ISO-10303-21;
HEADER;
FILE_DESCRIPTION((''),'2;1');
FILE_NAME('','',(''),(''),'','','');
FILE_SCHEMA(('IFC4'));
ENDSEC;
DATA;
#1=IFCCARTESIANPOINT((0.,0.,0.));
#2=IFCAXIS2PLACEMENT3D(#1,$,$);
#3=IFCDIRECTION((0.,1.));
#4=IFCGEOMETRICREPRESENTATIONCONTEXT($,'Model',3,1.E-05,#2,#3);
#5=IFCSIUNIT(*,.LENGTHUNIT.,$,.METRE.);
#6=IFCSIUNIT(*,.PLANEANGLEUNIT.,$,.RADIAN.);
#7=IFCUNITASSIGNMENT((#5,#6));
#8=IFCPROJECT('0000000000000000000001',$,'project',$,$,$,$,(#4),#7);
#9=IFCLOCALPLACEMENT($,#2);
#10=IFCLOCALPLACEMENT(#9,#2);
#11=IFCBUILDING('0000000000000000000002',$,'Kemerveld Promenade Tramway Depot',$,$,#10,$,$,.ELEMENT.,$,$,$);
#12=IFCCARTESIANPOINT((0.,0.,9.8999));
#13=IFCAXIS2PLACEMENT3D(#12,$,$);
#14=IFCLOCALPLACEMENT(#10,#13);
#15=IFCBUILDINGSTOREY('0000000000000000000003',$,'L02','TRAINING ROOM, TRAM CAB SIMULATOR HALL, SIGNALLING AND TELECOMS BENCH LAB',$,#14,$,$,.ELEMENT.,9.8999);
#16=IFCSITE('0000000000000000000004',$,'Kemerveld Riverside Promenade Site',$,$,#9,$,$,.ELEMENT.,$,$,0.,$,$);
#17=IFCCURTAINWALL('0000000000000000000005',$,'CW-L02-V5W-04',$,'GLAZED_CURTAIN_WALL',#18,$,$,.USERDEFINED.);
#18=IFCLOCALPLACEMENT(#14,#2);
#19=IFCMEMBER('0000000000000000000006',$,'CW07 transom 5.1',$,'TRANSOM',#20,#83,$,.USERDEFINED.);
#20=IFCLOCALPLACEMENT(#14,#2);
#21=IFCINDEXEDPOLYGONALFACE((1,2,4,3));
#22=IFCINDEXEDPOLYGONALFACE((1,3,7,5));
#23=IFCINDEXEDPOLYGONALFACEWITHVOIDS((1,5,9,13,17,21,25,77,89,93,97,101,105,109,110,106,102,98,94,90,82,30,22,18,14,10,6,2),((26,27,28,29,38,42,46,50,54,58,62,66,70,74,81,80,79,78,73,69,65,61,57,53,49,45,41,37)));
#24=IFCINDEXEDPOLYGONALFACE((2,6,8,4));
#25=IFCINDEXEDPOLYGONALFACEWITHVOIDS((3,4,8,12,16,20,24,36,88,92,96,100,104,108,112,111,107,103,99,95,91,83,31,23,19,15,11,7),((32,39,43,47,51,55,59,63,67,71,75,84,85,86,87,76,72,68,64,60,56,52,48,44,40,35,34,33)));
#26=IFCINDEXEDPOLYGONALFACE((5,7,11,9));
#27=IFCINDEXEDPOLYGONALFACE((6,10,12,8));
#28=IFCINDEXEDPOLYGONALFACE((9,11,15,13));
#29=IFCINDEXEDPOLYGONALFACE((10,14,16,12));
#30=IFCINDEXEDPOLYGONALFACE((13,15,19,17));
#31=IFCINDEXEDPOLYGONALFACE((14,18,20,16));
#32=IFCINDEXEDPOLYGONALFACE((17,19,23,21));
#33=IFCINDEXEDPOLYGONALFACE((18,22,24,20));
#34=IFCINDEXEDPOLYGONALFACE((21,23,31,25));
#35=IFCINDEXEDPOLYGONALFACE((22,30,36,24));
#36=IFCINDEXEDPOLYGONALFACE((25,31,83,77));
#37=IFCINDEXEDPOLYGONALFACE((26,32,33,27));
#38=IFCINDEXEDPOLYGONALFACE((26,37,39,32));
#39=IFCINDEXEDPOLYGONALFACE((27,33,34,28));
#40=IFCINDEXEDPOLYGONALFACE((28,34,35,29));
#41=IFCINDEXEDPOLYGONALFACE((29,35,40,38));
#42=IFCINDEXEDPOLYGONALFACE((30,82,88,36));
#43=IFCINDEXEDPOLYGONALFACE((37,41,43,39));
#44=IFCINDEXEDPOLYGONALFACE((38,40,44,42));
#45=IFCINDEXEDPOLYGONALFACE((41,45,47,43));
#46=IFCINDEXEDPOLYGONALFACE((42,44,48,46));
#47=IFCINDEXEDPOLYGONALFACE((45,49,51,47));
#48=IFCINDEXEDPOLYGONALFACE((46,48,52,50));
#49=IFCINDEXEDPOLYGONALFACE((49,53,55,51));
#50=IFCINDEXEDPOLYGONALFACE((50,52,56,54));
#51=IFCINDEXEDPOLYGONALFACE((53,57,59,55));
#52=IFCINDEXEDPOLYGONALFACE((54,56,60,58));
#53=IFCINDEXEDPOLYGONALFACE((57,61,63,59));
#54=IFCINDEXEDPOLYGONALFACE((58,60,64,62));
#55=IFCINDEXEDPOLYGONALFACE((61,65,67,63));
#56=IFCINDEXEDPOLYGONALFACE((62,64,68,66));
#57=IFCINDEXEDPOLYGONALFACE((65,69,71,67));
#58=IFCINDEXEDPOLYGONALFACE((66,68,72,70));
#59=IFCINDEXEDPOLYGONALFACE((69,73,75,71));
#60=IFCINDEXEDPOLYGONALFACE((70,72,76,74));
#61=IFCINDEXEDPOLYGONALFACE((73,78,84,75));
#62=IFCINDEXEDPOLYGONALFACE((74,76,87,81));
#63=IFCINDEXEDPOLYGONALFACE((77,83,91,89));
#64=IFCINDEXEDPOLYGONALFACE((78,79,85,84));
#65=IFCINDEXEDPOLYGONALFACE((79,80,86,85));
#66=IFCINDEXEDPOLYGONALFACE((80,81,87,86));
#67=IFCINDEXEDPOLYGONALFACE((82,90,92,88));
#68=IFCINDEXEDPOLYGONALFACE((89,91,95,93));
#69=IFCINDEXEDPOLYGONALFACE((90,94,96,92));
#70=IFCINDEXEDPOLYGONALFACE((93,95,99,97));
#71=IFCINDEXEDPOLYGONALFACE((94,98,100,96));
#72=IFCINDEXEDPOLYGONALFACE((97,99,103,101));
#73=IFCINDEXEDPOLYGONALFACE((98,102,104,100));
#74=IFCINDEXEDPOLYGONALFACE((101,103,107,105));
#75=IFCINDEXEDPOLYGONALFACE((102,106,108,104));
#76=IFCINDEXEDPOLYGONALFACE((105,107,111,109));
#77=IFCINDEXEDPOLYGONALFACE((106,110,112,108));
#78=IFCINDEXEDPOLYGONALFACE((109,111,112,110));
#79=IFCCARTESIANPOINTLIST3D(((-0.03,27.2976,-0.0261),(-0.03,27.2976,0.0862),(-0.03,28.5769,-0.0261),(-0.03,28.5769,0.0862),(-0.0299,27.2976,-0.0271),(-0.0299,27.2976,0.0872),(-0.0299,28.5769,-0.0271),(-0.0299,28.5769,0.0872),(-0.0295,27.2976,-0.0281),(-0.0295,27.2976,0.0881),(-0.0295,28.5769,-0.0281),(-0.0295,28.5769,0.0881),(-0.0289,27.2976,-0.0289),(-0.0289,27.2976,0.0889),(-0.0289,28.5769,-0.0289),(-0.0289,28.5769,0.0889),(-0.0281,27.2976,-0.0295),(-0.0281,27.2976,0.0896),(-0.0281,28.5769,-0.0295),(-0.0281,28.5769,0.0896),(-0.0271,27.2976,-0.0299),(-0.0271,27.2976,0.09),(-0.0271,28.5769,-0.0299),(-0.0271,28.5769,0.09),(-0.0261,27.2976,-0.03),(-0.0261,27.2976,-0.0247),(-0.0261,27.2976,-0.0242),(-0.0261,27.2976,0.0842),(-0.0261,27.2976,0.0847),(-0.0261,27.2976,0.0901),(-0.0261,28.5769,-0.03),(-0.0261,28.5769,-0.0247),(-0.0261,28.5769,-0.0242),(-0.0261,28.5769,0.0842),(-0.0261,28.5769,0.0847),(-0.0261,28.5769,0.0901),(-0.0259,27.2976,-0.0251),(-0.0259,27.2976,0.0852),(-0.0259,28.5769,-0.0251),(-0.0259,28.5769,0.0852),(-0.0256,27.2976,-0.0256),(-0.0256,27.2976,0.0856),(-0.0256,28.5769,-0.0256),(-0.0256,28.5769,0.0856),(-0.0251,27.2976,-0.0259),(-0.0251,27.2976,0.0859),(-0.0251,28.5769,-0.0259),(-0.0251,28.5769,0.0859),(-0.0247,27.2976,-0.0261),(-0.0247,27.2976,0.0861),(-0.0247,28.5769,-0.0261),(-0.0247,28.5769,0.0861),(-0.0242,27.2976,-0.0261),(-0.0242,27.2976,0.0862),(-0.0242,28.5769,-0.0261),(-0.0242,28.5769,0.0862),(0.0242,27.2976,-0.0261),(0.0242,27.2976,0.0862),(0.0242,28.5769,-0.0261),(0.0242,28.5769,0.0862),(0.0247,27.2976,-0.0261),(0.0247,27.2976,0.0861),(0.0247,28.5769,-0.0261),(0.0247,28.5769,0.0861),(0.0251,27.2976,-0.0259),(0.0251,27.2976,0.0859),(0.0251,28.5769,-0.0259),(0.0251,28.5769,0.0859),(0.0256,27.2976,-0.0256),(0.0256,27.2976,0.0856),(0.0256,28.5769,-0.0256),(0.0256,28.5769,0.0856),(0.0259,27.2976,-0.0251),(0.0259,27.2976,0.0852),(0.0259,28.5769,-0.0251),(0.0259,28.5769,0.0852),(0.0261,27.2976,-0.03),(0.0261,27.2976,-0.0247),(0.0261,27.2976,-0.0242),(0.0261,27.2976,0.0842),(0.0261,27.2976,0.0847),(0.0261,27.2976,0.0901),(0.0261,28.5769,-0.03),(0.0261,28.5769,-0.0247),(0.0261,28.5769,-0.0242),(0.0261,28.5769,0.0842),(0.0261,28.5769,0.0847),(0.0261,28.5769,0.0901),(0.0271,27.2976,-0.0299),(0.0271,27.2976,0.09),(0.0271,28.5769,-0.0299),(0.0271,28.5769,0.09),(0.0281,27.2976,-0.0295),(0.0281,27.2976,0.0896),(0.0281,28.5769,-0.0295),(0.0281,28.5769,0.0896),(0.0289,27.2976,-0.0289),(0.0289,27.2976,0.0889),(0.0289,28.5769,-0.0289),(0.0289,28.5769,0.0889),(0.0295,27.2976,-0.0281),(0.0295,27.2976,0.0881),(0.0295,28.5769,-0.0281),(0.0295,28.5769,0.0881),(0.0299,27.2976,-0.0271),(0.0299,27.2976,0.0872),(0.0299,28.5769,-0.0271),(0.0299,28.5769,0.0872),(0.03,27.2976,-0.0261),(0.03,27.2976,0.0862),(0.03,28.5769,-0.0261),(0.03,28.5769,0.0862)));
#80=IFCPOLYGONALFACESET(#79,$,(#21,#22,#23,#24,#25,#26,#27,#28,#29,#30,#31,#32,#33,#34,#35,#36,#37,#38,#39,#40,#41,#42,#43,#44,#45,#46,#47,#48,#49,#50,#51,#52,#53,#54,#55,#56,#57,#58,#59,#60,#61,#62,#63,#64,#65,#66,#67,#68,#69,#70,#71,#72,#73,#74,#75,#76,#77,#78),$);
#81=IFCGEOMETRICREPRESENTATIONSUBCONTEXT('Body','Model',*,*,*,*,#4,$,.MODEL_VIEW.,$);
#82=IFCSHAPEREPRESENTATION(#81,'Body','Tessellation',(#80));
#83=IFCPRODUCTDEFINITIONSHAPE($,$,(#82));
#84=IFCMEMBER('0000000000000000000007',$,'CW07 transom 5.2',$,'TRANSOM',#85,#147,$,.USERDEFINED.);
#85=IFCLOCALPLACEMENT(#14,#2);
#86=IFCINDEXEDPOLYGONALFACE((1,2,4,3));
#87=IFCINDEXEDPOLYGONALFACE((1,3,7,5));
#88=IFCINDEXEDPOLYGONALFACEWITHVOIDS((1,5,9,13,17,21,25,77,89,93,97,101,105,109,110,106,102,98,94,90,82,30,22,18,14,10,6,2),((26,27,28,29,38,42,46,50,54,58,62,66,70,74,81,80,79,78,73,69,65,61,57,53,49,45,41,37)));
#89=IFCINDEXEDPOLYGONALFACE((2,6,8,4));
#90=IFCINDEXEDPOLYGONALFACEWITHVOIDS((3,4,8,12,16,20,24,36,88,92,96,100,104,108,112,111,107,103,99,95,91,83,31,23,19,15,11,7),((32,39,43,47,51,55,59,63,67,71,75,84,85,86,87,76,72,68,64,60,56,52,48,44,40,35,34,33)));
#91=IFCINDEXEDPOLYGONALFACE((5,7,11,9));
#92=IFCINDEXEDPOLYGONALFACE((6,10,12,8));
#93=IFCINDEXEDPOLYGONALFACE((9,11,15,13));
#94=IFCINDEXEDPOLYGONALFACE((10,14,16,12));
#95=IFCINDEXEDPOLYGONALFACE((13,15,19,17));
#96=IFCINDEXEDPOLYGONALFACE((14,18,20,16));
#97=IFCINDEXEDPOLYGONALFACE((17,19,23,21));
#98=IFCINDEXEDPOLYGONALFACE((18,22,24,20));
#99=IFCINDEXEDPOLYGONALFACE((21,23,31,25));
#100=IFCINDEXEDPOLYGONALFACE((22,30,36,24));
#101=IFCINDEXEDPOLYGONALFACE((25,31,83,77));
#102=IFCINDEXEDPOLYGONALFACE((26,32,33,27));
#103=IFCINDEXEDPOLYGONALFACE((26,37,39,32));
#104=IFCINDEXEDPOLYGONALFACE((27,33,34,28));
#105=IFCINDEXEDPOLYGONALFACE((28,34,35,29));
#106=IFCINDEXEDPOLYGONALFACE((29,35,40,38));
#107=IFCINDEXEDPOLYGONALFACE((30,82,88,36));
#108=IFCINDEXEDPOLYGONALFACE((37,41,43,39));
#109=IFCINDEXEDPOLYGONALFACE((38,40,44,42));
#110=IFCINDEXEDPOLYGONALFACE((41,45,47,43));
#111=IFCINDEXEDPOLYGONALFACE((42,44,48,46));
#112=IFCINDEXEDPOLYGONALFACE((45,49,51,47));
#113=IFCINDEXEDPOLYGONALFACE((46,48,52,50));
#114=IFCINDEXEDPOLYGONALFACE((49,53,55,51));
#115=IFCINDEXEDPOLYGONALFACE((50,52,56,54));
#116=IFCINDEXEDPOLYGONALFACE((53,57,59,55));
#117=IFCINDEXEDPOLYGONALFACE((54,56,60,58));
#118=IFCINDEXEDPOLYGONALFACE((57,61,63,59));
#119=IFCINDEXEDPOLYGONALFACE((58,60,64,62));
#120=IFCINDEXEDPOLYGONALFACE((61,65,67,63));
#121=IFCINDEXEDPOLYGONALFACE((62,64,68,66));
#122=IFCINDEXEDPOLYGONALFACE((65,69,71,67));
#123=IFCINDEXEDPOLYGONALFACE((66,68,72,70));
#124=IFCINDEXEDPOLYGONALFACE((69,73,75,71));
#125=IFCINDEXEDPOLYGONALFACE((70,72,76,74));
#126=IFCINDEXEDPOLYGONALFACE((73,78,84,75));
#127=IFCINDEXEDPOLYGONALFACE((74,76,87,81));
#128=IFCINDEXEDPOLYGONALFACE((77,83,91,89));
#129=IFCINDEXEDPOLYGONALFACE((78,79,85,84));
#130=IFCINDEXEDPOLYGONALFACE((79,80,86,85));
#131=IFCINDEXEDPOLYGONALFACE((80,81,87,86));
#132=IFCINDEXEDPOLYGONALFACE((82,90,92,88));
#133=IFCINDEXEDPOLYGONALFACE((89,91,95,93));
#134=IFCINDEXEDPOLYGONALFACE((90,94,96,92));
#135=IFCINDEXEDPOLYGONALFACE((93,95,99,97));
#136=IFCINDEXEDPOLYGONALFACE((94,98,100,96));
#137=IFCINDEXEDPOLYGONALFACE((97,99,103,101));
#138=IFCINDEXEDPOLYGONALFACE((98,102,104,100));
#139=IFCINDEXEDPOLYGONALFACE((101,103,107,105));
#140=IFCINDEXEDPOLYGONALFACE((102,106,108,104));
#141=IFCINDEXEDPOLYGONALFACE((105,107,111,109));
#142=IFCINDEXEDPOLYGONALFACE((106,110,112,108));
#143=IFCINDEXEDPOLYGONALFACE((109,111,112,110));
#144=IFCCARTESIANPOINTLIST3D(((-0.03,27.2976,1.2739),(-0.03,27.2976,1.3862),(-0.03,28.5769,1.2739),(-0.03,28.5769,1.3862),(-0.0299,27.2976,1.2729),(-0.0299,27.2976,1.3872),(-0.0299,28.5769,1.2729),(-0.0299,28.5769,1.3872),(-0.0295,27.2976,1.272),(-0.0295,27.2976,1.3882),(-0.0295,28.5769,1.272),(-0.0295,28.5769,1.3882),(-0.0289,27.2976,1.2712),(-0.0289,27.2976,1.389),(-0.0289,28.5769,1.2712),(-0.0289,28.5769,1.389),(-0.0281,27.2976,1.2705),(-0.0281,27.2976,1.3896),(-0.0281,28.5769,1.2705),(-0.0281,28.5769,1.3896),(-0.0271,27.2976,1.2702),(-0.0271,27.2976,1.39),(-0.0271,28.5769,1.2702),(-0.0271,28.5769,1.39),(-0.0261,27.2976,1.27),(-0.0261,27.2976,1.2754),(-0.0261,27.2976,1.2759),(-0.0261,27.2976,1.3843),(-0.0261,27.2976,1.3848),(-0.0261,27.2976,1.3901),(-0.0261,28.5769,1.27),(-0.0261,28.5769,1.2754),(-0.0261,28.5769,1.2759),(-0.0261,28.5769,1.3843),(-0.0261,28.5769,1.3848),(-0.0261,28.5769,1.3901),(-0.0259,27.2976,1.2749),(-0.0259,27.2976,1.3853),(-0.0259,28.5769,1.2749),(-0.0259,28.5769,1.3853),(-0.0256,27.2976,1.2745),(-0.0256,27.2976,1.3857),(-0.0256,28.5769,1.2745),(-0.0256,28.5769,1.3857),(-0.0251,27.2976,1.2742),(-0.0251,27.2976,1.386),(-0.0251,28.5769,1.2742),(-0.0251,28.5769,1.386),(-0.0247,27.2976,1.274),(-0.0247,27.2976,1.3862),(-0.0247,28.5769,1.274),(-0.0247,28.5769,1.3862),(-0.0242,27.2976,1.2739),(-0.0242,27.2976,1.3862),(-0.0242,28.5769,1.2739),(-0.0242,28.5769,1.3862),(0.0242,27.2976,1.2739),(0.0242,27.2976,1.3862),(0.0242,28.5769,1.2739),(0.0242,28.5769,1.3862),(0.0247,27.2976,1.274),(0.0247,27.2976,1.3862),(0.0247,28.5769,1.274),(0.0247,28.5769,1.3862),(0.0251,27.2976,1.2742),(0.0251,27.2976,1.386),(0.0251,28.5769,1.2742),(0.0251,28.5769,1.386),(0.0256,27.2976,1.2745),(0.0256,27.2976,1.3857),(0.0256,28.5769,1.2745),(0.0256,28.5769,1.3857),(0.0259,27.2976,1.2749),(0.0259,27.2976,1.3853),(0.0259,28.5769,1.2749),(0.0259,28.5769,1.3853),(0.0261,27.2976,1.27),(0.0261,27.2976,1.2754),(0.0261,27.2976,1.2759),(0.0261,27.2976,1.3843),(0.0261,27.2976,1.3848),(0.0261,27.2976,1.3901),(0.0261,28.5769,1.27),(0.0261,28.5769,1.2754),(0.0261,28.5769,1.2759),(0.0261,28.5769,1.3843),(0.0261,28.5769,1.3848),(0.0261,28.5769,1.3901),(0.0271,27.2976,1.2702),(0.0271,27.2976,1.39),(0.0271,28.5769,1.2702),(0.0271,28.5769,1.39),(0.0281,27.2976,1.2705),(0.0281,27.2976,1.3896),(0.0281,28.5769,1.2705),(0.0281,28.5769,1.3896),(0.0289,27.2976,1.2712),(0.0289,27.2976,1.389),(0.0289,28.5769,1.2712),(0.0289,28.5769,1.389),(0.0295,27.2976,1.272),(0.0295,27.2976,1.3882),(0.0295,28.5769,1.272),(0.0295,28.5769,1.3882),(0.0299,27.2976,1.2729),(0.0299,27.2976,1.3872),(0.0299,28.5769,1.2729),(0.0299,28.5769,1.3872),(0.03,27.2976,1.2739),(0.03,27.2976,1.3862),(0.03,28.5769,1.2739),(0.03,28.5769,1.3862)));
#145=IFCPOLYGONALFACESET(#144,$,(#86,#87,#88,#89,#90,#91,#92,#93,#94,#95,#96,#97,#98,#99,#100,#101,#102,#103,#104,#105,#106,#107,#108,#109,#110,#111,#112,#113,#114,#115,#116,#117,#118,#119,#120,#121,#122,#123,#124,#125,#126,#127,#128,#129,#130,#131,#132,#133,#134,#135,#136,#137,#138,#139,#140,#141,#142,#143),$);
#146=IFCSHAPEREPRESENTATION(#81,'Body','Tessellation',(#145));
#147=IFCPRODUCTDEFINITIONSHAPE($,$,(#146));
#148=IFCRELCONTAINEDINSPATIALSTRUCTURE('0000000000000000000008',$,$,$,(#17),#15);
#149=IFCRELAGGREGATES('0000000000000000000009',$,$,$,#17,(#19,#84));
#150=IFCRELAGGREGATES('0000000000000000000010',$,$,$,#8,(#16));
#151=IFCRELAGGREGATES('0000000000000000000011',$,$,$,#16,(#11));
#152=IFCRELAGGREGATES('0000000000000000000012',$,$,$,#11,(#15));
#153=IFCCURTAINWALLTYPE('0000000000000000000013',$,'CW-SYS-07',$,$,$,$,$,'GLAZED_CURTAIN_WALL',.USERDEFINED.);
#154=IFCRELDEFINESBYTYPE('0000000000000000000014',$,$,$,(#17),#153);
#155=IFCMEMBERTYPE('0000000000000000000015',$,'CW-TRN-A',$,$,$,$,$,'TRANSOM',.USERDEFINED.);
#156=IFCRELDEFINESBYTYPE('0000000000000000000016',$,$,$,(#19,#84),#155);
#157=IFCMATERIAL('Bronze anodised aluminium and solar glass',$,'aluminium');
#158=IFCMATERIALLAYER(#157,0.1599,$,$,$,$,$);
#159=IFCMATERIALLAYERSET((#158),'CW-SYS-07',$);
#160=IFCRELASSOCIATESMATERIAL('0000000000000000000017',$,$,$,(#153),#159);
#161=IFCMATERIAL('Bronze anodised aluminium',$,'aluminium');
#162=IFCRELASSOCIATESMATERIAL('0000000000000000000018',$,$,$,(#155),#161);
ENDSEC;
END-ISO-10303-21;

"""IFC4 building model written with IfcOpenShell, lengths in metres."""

from ifc_helpers import new_model, si_unit, direction, frame, origin, origin_2d, place, context, subcontext, project, spatial, hollow_rectangle, extrude, material, layer, layer_set, material_profile, profile_set, type_object, element, aggregate, save


model = new_model("IFC4")

# Units and contexts
model_context = context("Model", 3, precision=1e-05, world=origin(), true_north=direction((0.0, 1.0)))
body_context = subcontext(model_context, "Body", "Model", "MODEL_VIEW")
ifc_project = project(units=[si_unit("LENGTHUNIT", "METRE"), si_unit("PLANEANGLEUNIT", "RADIAN")], contexts=[model_context])

# Site, building, storey
site_placement = place(None, origin())
site = spatial("IfcSite", under=ifc_project, at=site_placement, Name="Kemerveld Riverside Promenade Site", CompositionType="ELEMENT", RefElevation=0.0)
building_placement = place(site_placement, origin())
building = spatial("IfcBuilding", under=site, at=building_placement, Name="Kemerveld Promenade Tramway Depot", CompositionType="ELEMENT")
storey_placement = place(building_placement, frame((0.0, 0.0, 9.8999)))
storey = spatial("IfcBuildingStorey", under=building, at=storey_placement, Name="L02", Description="TRAINING ROOM, TRAM CAB SIMULATOR HALL, SIGNALLING AND TELECOMS BENCH LAB", CompositionType="ELEMENT", Elevation=9.8999)

# Curtain wall, members
ifc_material_1 = material(Name="Bronze anodised aluminium and solar glass", Category="aluminium")
ifc_layer_1 = layer(ifc_material_1, 0.1599)
ifc_layer_set_1 = layer_set([ifc_layer_1], Name="CW-SYS-07")
curtain_wall_type = type_object("IfcCurtainWallType", Name="CW-SYS-07", ElementType="GLAZED_CURTAIN_WALL", PredefinedType="USERDEFINED", material=ifc_layer_set_1)
curtain_wall_placement = place(storey_placement, origin())
curtain_wall = element("IfcCurtainWall", 1, at=curtain_wall_placement, inside=storey, type_object=curtain_wall_type, Name="CW-L02-V5W-04", ObjectType="GLAZED_CURTAIN_WALL", PredefinedType="USERDEFINED")
ifc_material_2 = material(Name="Bronze anodised aluminium", Category="aluminium")
ifc_material_profile_1 = material_profile(ifc_material_2, hollow_rectangle(XDim=0.0601, YDim=0.1201, WallThickness=0.0039, InnerFilletRadius=0.002, OuterFilletRadius=0.0039, at=origin_2d()), Name="CW-TRN-120x60")
ifc_profile_set_1 = profile_set([ifc_material_profile_1], Name="Bronze anodised aluminium")
member_type_1 = type_object("IfcMemberType", Name="CW-TRN-A", ElementType="TRANSOM", PredefinedType="USERDEFINED", material=ifc_profile_set_1)
member_1_placement = place(storey_placement, frame((0.0, 27.2976, 0.03), z_axis=(0.0, 1.0, 0.0), x_axis=(-1.0, 0.0, 0.0)))
member_1 = element("IfcMember", 2, at=member_1_placement, type_object=member_type_1, Name="CW07 transom 5.1", ObjectType="TRANSOM", PredefinedType="USERDEFINED", context=body_context, shape_type="SweptSolid", body=[
    extrude(hollow_rectangle(XDim=0.0601, YDim=0.1201, WallThickness=0.0039, InnerFilletRadius=0.002, OuterFilletRadius=0.0039, at=origin_2d()), origin(), (0.0, 0.0, 1.0), 1.2793),
])
member_2_placement = place(storey_placement, frame((0.0, 27.2976, 1.3301), z_axis=(0.0, 1.0, 0.0), x_axis=(-1.0, 0.0, 0.0)))
member_2 = element("IfcMember", 3, at=member_2_placement, type_object=member_type_1, Name="CW07 transom 5.2", ObjectType="TRANSOM", PredefinedType="USERDEFINED", context=body_context, shape_type="SweptSolid", body=[
    extrude(hollow_rectangle(XDim=0.0601, YDim=0.1201, WallThickness=0.0039, InnerFilletRadius=0.002, OuterFilletRadius=0.0039, at=origin_2d()), origin(), (0.0, 0.0, 1.0), 1.2793),
])
aggregate(curtain_wall, [member_1, member_2])

save(model, "model.ifc")
